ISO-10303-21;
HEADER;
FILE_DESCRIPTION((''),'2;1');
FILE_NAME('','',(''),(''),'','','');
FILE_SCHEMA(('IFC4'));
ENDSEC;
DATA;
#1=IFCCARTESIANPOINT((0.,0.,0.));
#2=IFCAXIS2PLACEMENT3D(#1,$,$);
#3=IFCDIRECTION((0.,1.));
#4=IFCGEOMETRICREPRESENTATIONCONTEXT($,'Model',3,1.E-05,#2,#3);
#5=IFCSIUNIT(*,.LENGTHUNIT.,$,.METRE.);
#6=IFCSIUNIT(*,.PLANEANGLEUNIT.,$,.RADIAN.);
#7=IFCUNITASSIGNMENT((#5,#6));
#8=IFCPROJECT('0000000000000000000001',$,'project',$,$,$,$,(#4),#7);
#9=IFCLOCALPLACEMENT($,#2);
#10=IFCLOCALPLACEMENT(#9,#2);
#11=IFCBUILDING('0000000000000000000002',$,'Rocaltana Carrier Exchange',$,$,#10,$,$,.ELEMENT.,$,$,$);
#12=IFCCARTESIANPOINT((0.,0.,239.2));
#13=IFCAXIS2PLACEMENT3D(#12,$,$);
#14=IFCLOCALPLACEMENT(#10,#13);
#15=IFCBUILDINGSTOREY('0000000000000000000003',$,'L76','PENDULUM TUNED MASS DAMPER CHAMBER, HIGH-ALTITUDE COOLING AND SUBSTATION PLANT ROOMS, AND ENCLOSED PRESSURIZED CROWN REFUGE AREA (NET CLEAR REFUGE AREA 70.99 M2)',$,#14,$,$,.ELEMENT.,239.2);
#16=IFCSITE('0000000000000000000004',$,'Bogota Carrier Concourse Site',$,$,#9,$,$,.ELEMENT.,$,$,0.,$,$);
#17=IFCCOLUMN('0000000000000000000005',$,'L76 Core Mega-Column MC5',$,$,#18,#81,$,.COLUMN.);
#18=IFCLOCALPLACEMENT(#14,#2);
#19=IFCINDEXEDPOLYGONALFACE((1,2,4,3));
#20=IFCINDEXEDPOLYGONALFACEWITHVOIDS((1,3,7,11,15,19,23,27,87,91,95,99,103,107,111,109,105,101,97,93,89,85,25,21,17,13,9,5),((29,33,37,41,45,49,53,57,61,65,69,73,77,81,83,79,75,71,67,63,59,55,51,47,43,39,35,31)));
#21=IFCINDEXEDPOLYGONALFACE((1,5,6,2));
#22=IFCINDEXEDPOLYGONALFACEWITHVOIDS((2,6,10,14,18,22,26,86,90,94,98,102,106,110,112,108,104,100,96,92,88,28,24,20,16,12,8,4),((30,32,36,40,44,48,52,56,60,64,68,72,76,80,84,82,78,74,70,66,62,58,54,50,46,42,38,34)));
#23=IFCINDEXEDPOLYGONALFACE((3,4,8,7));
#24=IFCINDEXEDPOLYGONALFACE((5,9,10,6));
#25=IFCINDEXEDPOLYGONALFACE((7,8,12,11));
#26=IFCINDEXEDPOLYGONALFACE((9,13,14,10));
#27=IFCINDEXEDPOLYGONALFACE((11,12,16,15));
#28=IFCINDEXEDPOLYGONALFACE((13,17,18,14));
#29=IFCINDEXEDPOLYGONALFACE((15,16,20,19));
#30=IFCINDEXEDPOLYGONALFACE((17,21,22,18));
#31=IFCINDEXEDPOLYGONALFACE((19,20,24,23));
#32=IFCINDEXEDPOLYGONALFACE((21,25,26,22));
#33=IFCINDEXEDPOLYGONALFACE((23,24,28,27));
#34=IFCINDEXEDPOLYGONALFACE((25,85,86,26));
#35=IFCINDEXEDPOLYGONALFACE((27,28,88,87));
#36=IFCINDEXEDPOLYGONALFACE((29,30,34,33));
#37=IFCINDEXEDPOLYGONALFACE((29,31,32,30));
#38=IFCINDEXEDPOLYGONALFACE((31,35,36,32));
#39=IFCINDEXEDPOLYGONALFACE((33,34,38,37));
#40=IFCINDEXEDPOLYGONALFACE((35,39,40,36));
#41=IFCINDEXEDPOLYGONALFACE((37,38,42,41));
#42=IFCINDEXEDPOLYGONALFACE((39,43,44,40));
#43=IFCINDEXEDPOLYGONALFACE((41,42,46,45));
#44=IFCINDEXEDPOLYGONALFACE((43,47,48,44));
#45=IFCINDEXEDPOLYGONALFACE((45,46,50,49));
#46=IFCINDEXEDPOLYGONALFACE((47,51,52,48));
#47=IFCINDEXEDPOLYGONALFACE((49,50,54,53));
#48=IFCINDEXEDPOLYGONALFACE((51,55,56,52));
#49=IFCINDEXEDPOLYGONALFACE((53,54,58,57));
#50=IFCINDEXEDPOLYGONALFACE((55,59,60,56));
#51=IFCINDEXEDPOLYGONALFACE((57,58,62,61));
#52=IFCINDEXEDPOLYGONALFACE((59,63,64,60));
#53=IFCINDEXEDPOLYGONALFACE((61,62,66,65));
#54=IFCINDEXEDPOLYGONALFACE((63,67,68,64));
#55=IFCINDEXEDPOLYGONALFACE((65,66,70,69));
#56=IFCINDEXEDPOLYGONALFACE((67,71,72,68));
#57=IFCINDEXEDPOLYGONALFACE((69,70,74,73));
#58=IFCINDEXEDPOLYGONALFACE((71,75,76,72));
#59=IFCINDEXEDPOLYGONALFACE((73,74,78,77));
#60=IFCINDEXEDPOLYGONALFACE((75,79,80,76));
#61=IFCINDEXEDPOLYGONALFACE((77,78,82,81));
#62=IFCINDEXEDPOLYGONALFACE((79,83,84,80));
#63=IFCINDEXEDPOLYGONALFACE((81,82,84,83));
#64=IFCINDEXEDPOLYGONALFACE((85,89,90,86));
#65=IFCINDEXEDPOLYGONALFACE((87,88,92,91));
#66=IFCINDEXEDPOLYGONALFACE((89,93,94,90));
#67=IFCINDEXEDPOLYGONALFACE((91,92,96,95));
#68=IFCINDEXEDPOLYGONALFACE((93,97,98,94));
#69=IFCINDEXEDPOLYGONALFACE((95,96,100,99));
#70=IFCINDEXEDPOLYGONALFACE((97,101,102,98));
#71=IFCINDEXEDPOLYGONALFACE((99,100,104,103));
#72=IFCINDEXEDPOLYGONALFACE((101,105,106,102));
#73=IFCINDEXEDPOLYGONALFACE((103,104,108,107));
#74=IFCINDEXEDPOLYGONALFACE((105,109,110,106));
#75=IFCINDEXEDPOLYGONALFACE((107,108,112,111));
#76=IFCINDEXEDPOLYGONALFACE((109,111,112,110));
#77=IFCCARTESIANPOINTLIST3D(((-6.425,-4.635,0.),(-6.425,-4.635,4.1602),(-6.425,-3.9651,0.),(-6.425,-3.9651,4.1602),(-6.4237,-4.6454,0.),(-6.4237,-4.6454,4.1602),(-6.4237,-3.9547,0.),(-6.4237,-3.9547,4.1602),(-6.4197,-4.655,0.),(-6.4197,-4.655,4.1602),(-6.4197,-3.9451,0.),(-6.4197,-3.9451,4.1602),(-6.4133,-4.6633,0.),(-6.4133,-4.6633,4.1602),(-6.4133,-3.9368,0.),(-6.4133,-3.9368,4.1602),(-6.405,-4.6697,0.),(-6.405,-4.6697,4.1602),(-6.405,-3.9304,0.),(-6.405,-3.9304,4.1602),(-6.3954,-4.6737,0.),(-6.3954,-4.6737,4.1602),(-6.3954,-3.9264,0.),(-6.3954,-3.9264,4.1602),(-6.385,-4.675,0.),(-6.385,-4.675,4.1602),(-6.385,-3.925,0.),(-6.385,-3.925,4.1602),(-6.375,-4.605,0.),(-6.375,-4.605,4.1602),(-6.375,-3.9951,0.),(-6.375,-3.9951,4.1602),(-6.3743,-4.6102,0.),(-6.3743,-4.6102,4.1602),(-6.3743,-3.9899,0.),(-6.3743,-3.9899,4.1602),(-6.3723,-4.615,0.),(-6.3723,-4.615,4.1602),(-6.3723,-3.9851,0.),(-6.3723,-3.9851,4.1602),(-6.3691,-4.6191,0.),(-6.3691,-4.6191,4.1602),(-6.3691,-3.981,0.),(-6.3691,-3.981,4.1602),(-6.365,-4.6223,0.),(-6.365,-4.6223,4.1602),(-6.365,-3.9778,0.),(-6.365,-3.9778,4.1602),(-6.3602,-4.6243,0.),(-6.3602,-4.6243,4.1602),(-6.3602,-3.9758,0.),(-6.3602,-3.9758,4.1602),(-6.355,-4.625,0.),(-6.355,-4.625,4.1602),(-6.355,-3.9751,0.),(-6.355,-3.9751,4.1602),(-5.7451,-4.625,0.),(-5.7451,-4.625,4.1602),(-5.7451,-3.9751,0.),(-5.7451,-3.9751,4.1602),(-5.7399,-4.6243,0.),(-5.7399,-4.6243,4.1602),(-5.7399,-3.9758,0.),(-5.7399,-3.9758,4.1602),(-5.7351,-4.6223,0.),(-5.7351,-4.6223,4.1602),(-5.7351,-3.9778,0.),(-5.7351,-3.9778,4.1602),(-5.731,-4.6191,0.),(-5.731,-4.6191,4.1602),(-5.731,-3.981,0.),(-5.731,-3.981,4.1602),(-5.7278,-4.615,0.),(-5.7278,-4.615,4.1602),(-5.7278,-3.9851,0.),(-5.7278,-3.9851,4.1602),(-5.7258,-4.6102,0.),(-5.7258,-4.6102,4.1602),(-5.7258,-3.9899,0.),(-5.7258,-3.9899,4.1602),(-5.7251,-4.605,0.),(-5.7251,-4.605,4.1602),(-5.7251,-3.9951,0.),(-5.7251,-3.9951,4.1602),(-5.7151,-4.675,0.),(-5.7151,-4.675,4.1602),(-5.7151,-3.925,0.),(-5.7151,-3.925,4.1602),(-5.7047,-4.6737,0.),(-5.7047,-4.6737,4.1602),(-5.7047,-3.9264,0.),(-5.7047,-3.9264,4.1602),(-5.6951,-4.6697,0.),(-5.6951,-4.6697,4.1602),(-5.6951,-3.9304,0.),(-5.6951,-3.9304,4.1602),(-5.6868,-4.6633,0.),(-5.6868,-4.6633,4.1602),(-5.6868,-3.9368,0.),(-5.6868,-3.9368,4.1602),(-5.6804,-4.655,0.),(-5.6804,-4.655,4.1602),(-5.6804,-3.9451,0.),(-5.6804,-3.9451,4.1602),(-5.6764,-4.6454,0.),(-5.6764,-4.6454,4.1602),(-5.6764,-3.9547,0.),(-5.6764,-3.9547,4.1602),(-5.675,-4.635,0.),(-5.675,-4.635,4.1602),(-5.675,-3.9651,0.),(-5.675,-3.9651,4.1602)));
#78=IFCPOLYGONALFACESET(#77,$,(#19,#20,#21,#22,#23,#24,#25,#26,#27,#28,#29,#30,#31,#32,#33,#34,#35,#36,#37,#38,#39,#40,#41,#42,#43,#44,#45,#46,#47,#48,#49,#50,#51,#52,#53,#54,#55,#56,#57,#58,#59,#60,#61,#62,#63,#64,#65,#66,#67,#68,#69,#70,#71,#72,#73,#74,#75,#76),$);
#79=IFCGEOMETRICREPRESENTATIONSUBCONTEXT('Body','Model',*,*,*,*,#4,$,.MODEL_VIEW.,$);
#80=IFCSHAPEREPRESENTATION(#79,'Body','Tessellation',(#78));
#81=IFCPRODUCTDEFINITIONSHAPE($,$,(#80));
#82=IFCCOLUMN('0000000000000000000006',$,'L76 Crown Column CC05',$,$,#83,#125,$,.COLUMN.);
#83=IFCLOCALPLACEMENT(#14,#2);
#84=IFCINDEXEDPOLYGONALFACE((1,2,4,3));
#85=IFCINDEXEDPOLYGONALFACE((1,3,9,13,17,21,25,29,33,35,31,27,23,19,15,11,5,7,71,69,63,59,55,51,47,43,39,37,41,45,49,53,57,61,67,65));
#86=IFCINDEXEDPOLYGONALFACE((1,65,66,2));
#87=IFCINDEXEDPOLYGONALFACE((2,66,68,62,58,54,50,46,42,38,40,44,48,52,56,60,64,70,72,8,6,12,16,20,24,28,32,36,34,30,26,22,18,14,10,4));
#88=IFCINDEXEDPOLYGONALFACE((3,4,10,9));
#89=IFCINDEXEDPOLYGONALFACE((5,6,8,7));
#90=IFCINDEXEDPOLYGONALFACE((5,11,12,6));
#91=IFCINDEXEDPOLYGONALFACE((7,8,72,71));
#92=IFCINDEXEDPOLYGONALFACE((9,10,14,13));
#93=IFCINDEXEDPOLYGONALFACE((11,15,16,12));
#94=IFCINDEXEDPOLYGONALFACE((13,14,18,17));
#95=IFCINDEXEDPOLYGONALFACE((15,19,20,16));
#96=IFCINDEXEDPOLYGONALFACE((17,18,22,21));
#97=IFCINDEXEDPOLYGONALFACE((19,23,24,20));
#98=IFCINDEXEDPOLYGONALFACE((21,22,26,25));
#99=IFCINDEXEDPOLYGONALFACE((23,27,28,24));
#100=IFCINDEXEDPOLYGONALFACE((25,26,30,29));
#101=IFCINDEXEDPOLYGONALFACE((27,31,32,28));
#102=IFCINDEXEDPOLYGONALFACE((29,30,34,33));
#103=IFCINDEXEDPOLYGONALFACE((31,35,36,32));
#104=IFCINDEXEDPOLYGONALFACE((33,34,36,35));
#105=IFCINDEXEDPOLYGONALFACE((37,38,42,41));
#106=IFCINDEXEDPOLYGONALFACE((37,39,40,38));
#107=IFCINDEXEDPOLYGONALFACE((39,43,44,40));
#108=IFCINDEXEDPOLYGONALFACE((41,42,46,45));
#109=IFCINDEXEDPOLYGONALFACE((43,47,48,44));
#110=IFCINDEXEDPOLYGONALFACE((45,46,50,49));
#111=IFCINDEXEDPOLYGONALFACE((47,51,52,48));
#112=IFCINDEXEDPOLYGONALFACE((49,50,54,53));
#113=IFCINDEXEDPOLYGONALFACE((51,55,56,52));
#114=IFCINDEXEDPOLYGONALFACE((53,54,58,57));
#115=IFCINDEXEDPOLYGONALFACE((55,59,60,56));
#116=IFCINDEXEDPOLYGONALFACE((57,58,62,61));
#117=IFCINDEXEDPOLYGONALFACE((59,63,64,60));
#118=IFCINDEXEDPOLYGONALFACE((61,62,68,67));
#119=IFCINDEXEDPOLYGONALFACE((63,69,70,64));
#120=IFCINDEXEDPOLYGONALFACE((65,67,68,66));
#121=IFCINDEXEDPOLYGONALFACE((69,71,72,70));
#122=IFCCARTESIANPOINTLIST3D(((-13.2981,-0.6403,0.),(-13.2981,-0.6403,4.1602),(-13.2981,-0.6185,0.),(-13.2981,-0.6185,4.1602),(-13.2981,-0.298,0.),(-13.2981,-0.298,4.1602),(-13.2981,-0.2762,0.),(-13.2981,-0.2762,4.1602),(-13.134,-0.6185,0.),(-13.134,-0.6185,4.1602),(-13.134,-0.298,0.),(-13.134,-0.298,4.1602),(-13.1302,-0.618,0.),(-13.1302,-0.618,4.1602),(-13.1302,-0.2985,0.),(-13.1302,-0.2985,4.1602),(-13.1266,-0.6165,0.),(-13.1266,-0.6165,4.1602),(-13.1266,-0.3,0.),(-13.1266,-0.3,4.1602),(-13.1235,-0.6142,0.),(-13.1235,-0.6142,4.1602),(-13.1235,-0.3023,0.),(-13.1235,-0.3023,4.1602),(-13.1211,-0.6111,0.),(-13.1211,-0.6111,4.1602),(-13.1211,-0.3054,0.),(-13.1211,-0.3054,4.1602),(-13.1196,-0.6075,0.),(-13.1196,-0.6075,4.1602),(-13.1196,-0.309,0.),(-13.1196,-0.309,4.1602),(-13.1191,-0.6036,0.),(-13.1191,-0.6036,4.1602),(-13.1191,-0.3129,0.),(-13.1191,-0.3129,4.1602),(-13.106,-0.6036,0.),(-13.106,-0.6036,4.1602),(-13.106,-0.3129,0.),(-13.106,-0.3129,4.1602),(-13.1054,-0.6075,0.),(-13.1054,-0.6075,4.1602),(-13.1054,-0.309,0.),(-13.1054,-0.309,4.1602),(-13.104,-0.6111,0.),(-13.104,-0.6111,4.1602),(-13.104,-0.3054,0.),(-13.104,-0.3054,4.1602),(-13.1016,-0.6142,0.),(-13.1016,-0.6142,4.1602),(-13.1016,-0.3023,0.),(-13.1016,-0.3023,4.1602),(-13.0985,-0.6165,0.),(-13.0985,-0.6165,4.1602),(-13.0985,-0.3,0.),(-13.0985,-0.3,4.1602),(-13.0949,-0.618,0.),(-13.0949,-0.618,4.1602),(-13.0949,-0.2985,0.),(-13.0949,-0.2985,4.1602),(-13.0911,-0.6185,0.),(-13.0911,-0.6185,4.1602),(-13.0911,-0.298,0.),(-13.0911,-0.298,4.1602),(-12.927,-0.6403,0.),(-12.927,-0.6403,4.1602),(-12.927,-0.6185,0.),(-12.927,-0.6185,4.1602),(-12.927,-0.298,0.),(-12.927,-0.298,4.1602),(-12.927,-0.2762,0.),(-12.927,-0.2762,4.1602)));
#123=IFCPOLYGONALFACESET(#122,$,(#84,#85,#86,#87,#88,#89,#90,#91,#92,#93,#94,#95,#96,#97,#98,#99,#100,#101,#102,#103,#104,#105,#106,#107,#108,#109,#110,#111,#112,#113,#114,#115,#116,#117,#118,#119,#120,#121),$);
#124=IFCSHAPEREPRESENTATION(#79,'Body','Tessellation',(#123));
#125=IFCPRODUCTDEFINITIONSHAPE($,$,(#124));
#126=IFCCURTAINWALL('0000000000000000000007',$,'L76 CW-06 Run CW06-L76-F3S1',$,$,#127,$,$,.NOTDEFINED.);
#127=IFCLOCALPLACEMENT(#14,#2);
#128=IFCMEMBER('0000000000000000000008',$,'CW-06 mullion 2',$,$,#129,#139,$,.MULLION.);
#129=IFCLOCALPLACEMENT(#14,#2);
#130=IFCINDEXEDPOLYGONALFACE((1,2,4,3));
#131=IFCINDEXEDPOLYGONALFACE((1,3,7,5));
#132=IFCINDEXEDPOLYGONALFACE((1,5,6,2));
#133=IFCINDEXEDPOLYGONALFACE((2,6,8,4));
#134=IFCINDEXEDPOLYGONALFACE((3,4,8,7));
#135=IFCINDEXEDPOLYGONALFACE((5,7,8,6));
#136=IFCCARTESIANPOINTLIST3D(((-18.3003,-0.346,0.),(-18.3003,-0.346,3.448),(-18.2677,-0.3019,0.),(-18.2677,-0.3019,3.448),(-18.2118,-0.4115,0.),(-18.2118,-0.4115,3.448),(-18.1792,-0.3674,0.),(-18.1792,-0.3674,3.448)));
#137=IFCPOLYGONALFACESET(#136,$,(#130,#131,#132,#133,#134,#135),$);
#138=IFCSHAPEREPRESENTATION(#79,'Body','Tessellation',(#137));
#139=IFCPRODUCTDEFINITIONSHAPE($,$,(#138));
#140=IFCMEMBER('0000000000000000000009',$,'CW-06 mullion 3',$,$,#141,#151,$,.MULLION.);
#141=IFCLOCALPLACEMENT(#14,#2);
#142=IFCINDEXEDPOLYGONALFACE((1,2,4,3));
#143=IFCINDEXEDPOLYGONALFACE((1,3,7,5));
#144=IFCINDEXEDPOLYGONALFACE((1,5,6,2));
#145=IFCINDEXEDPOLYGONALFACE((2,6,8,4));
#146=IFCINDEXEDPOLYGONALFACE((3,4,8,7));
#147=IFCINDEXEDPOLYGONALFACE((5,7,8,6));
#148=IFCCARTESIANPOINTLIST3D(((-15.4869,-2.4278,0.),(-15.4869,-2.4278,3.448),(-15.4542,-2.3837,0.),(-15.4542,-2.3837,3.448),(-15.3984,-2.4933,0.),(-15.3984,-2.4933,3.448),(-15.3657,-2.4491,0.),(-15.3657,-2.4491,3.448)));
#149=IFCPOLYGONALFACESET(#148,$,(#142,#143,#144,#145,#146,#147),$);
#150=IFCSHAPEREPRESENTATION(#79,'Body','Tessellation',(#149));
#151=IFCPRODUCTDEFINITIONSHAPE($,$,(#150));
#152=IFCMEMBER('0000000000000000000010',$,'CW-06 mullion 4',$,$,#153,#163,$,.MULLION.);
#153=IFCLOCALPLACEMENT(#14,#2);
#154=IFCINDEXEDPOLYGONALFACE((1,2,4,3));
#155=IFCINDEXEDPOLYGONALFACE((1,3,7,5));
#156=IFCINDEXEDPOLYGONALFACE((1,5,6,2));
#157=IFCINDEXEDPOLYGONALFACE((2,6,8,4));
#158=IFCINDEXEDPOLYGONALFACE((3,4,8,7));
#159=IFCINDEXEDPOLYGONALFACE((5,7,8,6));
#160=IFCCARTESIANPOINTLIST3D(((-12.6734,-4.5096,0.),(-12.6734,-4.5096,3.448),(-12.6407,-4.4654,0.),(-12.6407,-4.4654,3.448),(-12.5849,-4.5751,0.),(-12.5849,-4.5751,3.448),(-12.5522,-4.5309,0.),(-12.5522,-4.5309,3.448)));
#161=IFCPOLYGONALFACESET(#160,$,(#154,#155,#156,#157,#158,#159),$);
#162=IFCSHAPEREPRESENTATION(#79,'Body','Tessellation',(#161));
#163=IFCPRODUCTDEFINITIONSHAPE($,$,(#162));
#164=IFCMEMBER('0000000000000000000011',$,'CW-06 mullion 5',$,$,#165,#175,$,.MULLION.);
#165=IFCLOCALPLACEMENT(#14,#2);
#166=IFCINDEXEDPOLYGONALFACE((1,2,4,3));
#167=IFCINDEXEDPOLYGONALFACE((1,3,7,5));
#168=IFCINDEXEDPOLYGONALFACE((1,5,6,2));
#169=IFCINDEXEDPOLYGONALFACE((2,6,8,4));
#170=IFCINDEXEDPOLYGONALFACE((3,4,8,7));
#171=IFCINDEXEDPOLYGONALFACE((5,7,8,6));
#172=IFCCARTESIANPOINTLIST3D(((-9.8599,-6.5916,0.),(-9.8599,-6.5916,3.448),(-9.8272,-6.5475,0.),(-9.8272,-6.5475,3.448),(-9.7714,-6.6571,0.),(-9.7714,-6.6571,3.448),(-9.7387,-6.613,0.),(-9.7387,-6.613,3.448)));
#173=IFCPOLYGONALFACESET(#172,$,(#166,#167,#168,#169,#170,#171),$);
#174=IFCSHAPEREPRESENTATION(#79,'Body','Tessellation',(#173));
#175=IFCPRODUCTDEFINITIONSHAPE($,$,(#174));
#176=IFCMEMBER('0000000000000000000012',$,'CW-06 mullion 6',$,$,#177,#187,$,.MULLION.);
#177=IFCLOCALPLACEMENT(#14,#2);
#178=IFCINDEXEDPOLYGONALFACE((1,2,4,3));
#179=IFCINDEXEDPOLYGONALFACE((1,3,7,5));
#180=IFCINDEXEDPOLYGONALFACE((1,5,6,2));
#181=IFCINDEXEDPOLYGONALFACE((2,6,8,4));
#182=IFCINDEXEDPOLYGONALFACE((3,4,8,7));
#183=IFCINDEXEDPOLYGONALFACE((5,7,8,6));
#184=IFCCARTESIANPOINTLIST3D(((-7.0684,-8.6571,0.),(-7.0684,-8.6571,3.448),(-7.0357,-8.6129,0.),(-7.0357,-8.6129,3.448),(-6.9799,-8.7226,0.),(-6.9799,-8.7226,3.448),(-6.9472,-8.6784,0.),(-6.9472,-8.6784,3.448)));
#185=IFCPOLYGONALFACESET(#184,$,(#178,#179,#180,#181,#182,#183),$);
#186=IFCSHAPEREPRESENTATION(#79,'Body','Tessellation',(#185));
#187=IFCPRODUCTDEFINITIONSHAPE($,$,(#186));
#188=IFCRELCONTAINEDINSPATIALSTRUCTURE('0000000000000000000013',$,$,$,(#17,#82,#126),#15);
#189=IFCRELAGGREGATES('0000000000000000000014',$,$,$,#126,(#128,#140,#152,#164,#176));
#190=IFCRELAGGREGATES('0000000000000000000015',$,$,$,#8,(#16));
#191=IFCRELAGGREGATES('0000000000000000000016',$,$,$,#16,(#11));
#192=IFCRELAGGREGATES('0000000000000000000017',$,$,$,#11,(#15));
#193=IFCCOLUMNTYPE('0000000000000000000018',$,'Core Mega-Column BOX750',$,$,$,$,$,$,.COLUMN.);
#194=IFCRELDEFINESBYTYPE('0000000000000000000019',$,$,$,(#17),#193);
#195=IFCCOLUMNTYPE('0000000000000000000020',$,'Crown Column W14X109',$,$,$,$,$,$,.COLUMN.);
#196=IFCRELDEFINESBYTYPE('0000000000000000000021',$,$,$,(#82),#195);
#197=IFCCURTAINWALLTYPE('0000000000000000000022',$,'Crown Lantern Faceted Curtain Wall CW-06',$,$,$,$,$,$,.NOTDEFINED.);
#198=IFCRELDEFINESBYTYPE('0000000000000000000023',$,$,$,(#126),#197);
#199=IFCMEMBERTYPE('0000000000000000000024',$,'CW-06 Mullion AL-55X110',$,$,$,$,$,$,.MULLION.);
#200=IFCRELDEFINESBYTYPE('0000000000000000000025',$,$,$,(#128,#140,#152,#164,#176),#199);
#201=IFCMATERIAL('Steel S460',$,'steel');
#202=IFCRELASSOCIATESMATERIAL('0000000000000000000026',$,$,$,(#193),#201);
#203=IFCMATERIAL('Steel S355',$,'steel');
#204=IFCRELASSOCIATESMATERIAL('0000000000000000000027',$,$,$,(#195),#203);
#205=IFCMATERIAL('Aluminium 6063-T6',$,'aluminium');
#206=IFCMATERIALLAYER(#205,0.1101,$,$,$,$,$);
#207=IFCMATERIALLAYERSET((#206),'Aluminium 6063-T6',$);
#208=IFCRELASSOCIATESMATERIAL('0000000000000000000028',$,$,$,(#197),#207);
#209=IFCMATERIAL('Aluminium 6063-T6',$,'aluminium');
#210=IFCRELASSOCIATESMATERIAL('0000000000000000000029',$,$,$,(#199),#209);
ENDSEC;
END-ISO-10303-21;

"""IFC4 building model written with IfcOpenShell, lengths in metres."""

from ifc_helpers import new_model, si_unit, direction, frame, origin, origin_2d, place, context, subcontext, project, spatial, rectangle, hollow_rectangle, i_section, extrude, material, layer, layer_set, material_profile, profile_set, type_object, element, aggregate, save


model = new_model("IFC4")

# Units and contexts
model_context = context("Model", 3, precision=1e-05, world=origin(), true_north=direction((0.0, 1.0)))
body_context = subcontext(model_context, "Body", "Model", "MODEL_VIEW")
ifc_project = project(units=[si_unit("LENGTHUNIT", "METRE"), si_unit("PLANEANGLEUNIT", "RADIAN")], contexts=[model_context])

# Site, building, storey
site_placement = place(None, origin())
site = spatial("IfcSite", under=ifc_project, at=site_placement, Name="Bogota Carrier Concourse Site", CompositionType="ELEMENT", RefElevation=0.0)
building_placement = place(site_placement, origin())
building = spatial("IfcBuilding", under=site, at=building_placement, Name="Rocaltana Carrier Exchange", CompositionType="ELEMENT")
storey_placement = place(building_placement, frame((0.0, 0.0, 239.2)))
storey = spatial("IfcBuildingStorey", under=building, at=storey_placement, Name="L76", Description="PENDULUM TUNED MASS DAMPER CHAMBER, HIGH-ALTITUDE COOLING AND SUBSTATION PLANT ROOMS, AND ENCLOSED PRESSURIZED CROWN REFUGE AREA (NET CLEAR REFUGE AREA 70.99 M2)", CompositionType="ELEMENT", Elevation=239.2)

# Columns
ifc_material_1 = material(Name="Steel S460", Category="steel")
ifc_material_profile_1 = material_profile(ifc_material_1, hollow_rectangle(XDim=0.75, YDim=0.75, WallThickness=0.05, InnerFilletRadius=0.02, OuterFilletRadius=0.04, at=origin_2d()), Name="BOX750X750X50")
ifc_profile_set_1 = profile_set([ifc_material_profile_1], Name="Steel S460")
column_type_1 = type_object("IfcColumnType", Name="Core Mega-Column BOX750", PredefinedType="COLUMN", material=ifc_profile_set_1)
column_1_placement = place(storey_placement, frame((-6.05, -4.3, 0.0), z_axis=(0.0, 0.0, 1.0), x_axis=(1.0, 0.0, 0.0)))
element("IfcColumn", 1, at=column_1_placement, inside=storey, type_object=column_type_1, Name="L76 Core Mega-Column MC5", PredefinedType="COLUMN", context=body_context, shape_type="SweptSolid", body=[
    extrude(hollow_rectangle(XDim=0.75, YDim=0.75, WallThickness=0.05, InnerFilletRadius=0.02, OuterFilletRadius=0.04, at=origin_2d()), origin(), (0.0, 0.0, 1.0), 4.1602),
])
ifc_material_2 = material(Name="Steel S355", Category="steel")
ifc_material_profile_2 = material_profile(ifc_material_2, i_section(OverallWidth=0.3711, OverallDepth=0.364, WebThickness=0.0132, FlangeThickness=0.0217, FilletRadius=0.0149, at=origin_2d()), Name="W14X109")
ifc_profile_set_2 = profile_set([ifc_material_profile_2], Name="Steel S355")
column_type_2 = type_object("IfcColumnType", Name="Crown Column W14X109", PredefinedType="COLUMN", material=ifc_profile_set_2)
column_2_placement = place(storey_placement, frame((-13.1125, -0.4583, 0.0), z_axis=(0.0, 0.0, 1.0), x_axis=(1.0, 0.0, 0.0)))
element("IfcColumn", 2, at=column_2_placement, inside=storey, type_object=column_type_2, Name="L76 Crown Column CC05", PredefinedType="COLUMN", context=body_context, shape_type="SweptSolid", body=[
    extrude(i_section(OverallWidth=0.3711, OverallDepth=0.364, WebThickness=0.0132, FlangeThickness=0.0217, FilletRadius=0.0149, at=origin_2d()), origin(), (0.0, 0.0, 1.0), 4.1602),
])

# Curtain wall, members
ifc_material_3 = material(Name="Aluminium 6063-T6", Category="aluminium")
ifc_layer_1 = layer(ifc_material_3, 0.1101)
ifc_layer_set_1 = layer_set([ifc_layer_1], Name="Aluminium 6063-T6")
curtain_wall_type = type_object("IfcCurtainWallType", Name="Crown Lantern Faceted Curtain Wall CW-06", PredefinedType="NOTDEFINED", material=ifc_layer_set_1)
curtain_wall_1_placement = place(storey_placement, origin())
curtain_wall_1 = element("IfcCurtainWall", 3, at=curtain_wall_1_placement, inside=storey, type_object=curtain_wall_type, Name="L76 CW-06 Run CW06-L76-F3S1", PredefinedType="NOTDEFINED")
ifc_material_4 = material(Name="Aluminium 6063-T6", Category="aluminium")
ifc_material_profile_3 = material_profile(ifc_material_4, rectangle(XDim=0.0549, YDim=0.1101, at=origin_2d()), Name="AL-55X110")
ifc_profile_set_3 = profile_set([ifc_material_profile_3], Name="Aluminium 6063-T6")
member_type_1 = type_object("IfcMemberType", Name="CW-06 Mullion AL-55X110", PredefinedType="MULLION", material=ifc_profile_set_3)
member_1_placement = place(storey_placement, frame((-18.2397, -0.3567, 0.0), z_axis=(0.0, 0.0, 1.0), x_axis=(0.594823, 0.803857, 0.0)))
member_1 = element("IfcMember", 4, at=member_1_placement, type_object=member_type_1, Name="CW-06 mullion 2", PredefinedType="MULLION", context=body_context, shape_type="SweptSolid", body=[
    extrude(rectangle(XDim=0.0549, YDim=0.1101, at=origin_2d()), origin(), (0.0, 0.0, 1.0), 3.448),
])
member_2_placement = place(storey_placement, frame((-15.4263, -2.4385, 0.0), z_axis=(0.0, 0.0, 1.0), x_axis=(0.594823, 0.803857, 0.0)))
member_2 = element("IfcMember", 5, at=member_2_placement, type_object=member_type_1, Name="CW-06 mullion 3", PredefinedType="MULLION", context=body_context, shape_type="SweptSolid", body=[
    extrude(rectangle(XDim=0.0549, YDim=0.1101, at=origin_2d()), origin(), (0.0, 0.0, 1.0), 3.448),
])
member_3_placement = place(storey_placement, frame((-12.6128, -4.5203, 0.0), z_axis=(0.0, 0.0, 1.0), x_axis=(0.594823, 0.803857, 0.0)))
member_3 = element("IfcMember", 6, at=member_3_placement, type_object=member_type_1, Name="CW-06 mullion 4", PredefinedType="MULLION", context=body_context, shape_type="SweptSolid", body=[
    extrude(rectangle(XDim=0.0549, YDim=0.1101, at=origin_2d()), origin(), (0.0, 0.0, 1.0), 3.448),
])
member_4_placement = place(storey_placement, frame((-9.7993, -6.6023, 0.0), z_axis=(0.0, 0.0, 1.0), x_axis=(0.594823, 0.803857, 0.0)))
member_4 = element("IfcMember", 7, at=member_4_placement, type_object=member_type_1, Name="CW-06 mullion 5", PredefinedType="MULLION", context=body_context, shape_type="SweptSolid", body=[
    extrude(rectangle(XDim=0.0549, YDim=0.1101, at=origin_2d()), origin(), (0.0, 0.0, 1.0), 3.448),
])
member_5_placement = place(storey_placement, frame((-7.0078, -8.6677, 0.0), z_axis=(0.0, 0.0, 1.0), x_axis=(0.594823, 0.803857, 0.0)))
member_5 = element("IfcMember", 8, at=member_5_placement, type_object=member_type_1, Name="CW-06 mullion 6", PredefinedType="MULLION", context=body_context, shape_type="SweptSolid", body=[
    extrude(rectangle(XDim=0.0549, YDim=0.1101, at=origin_2d()), origin(), (0.0, 0.0, 1.0), 3.448),
])

aggregate(curtain_wall_1, [member_1, member_2, member_3, member_4, member_5])

save(model, "model.ifc")
